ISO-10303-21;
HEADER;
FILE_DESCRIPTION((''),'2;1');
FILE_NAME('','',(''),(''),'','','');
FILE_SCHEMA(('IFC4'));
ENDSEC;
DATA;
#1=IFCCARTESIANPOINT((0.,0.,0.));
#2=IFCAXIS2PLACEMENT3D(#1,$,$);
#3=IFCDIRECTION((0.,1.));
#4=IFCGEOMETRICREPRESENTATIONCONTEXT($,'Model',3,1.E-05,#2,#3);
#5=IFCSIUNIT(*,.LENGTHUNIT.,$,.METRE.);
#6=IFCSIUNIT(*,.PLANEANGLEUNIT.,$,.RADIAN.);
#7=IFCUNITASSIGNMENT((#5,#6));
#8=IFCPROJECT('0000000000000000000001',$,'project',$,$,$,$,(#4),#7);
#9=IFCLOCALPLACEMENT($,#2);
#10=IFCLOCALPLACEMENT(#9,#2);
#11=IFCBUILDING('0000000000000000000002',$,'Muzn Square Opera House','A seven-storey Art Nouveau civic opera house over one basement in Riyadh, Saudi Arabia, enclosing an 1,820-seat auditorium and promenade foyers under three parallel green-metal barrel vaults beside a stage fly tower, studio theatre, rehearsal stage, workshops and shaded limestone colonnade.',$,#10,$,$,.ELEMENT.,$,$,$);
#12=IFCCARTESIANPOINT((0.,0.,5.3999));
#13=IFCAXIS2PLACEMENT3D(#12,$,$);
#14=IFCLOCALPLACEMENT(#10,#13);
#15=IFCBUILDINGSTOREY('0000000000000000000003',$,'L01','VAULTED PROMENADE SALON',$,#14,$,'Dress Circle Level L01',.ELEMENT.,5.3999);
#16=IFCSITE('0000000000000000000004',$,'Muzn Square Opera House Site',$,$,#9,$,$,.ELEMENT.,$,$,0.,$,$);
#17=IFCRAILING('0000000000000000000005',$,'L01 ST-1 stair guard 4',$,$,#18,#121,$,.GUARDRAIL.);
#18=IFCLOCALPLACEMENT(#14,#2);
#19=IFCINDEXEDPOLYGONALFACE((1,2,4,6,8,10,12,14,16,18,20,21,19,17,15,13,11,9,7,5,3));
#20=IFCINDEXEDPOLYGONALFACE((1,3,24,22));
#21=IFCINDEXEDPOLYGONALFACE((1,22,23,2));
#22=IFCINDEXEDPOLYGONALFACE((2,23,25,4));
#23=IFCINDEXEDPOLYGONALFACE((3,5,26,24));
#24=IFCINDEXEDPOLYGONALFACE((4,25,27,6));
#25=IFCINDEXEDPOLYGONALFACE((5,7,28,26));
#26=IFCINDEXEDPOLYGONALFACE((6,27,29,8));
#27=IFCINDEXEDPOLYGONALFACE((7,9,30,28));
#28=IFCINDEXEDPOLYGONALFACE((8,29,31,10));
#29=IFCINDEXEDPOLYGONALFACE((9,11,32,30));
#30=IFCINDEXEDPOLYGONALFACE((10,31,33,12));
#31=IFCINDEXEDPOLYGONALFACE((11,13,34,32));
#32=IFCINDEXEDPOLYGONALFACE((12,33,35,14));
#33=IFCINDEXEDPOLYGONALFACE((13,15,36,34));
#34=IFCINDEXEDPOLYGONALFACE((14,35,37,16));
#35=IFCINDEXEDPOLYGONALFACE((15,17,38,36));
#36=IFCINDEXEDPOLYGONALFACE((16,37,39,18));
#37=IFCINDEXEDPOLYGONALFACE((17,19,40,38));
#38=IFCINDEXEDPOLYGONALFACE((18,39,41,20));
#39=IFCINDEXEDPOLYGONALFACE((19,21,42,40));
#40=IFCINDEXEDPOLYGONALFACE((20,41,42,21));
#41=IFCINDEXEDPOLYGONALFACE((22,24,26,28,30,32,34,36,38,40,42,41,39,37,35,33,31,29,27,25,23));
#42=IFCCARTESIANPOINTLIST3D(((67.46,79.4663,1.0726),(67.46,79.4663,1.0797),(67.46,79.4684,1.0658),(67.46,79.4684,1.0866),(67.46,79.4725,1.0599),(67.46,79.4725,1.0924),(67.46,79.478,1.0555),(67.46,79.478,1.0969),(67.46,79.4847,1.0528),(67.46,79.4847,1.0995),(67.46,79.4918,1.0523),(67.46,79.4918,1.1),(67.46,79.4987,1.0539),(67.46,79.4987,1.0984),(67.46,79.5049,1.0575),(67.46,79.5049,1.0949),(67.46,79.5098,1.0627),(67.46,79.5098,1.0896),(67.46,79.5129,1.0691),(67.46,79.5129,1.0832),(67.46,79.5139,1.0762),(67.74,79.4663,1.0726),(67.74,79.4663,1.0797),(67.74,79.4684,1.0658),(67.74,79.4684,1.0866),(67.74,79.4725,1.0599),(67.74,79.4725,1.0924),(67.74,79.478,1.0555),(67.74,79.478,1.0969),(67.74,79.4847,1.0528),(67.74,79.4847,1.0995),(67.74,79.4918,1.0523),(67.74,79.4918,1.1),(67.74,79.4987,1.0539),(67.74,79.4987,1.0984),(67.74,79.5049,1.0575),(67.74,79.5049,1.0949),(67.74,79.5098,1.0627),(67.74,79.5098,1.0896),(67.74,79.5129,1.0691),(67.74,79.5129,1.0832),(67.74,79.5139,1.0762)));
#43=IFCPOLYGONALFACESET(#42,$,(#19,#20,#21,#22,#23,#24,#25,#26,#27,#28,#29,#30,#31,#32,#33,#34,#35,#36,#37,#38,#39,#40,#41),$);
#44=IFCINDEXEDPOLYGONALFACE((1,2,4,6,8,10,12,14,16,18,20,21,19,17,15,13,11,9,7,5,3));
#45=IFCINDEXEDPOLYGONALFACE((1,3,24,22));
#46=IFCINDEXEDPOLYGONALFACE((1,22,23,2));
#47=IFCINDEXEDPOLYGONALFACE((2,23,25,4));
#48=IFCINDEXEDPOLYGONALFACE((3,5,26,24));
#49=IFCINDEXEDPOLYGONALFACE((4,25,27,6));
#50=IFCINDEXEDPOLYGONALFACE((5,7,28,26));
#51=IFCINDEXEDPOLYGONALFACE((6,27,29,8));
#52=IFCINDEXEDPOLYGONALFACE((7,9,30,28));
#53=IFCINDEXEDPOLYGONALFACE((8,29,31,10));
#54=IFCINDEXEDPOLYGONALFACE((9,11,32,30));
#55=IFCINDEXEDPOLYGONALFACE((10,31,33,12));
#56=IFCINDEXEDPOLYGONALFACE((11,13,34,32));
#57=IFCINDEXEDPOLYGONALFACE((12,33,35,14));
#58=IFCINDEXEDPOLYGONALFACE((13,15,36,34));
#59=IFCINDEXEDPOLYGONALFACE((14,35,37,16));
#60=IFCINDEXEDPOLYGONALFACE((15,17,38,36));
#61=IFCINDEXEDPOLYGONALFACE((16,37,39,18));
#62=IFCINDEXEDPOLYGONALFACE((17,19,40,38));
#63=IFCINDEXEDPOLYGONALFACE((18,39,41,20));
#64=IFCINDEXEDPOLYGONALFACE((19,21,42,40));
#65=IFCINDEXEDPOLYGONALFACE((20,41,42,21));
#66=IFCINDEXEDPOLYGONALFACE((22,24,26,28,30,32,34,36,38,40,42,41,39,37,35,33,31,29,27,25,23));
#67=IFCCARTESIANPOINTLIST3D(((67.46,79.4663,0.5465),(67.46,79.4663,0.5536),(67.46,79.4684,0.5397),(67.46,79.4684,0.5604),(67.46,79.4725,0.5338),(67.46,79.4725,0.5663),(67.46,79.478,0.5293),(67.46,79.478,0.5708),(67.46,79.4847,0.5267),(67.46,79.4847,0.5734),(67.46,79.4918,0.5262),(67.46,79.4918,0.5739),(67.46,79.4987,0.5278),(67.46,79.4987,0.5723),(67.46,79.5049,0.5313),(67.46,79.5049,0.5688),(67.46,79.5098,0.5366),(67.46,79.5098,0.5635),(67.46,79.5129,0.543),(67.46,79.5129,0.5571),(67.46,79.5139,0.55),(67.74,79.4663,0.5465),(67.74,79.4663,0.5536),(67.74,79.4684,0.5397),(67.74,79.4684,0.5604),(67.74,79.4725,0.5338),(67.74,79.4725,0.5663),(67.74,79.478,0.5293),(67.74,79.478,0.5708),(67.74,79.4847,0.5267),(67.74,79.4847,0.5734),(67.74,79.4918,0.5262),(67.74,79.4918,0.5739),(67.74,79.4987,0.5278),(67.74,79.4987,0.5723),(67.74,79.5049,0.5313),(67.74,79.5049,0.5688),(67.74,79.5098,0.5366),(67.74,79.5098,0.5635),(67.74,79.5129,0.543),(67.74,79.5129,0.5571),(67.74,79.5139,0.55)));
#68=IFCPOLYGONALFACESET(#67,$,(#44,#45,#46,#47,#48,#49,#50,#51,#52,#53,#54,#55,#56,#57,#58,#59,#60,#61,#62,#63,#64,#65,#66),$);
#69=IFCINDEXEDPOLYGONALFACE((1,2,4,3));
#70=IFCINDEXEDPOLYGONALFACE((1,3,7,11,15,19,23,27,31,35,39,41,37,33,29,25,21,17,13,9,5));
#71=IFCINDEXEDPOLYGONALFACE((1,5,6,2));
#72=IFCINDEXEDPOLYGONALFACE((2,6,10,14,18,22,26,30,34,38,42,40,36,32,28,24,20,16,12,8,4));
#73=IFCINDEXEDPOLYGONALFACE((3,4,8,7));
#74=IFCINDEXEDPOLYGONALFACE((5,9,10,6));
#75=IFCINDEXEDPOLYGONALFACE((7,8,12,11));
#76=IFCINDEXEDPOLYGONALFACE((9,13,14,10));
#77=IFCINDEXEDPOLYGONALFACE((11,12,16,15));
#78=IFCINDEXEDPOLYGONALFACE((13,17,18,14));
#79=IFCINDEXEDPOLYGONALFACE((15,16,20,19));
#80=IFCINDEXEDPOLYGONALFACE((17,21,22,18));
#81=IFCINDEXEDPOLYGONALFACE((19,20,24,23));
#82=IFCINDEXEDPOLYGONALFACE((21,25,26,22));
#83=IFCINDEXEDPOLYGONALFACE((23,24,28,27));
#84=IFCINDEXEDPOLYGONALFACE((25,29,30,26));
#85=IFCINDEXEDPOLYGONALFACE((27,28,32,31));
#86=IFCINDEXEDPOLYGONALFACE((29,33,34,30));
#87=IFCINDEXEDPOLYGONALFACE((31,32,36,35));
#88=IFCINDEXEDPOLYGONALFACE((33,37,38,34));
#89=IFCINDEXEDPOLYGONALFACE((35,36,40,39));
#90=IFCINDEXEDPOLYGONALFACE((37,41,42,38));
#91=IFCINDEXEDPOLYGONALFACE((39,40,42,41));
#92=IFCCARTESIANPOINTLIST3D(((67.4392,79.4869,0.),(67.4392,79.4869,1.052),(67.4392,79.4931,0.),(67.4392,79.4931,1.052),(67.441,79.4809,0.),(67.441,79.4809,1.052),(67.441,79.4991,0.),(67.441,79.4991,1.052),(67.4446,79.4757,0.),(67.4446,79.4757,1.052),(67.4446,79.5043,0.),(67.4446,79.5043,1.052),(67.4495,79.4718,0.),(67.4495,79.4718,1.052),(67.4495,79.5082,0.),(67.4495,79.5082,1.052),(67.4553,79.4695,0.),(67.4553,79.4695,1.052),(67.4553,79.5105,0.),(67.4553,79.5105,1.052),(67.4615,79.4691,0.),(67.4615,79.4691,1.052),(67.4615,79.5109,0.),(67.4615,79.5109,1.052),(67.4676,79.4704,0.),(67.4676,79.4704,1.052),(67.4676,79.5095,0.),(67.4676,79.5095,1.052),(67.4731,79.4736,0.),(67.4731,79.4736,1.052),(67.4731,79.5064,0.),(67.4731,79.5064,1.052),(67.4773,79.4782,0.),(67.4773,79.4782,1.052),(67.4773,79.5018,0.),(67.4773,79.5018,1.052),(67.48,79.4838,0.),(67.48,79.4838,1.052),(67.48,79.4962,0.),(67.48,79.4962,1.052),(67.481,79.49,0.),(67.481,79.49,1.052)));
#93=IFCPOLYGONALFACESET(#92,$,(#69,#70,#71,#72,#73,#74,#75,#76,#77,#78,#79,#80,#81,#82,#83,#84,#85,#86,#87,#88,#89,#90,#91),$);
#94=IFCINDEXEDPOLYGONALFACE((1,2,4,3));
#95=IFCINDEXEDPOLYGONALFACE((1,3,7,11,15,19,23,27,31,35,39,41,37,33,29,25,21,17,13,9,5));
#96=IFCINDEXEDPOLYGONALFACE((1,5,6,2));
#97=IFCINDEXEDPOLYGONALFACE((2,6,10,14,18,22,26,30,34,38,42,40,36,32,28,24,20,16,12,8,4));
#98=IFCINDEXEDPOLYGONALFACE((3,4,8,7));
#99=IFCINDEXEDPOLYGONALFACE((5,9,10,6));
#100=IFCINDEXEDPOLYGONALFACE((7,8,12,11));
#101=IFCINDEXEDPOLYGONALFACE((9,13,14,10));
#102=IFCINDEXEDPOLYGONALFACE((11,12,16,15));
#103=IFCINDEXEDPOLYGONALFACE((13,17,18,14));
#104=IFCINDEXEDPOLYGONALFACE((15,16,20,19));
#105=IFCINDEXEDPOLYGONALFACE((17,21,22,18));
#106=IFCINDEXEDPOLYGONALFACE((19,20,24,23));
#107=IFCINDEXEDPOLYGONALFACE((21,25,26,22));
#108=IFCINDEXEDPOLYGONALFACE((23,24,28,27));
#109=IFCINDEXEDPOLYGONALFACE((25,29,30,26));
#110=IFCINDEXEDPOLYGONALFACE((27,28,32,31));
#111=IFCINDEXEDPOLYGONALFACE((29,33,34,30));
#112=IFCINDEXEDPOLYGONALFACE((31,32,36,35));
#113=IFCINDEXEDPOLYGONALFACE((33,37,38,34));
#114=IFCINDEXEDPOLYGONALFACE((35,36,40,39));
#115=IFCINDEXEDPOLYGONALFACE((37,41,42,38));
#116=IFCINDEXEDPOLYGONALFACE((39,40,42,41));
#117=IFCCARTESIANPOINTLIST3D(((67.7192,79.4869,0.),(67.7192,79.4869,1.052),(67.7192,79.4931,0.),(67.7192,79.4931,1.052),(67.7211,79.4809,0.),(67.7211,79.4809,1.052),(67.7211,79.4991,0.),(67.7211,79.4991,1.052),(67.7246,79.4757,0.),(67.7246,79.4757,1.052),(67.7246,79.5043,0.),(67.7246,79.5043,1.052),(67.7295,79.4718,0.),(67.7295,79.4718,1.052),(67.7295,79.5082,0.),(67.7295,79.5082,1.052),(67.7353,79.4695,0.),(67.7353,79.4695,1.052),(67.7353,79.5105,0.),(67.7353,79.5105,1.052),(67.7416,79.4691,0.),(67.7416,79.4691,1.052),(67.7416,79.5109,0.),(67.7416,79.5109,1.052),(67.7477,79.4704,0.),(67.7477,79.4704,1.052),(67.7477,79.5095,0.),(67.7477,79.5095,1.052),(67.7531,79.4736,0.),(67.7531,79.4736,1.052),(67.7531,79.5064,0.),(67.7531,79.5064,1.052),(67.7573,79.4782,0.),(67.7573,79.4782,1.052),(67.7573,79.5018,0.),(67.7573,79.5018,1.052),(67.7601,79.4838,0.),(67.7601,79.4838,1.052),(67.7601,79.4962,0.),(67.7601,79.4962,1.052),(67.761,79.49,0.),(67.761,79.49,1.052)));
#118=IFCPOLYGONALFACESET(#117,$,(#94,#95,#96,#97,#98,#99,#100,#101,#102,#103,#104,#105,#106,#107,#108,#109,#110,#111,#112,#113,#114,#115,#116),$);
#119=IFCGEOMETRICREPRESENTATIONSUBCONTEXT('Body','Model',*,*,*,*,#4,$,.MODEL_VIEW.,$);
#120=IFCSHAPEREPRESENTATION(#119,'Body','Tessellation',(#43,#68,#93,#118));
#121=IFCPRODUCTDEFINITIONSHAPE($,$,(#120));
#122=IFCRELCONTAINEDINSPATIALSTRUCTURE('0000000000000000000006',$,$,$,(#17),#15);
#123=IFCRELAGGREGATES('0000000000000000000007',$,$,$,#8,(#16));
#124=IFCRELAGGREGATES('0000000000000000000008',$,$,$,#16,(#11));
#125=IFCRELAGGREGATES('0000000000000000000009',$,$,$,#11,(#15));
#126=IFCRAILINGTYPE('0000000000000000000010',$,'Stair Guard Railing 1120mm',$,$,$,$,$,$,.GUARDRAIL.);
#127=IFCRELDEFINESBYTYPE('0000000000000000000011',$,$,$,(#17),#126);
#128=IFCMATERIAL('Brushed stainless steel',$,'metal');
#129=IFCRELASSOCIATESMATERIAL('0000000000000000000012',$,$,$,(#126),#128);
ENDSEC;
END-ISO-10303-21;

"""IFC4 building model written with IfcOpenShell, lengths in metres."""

from ifc_helpers import new_model, si_unit, direction, frame, origin, origin_2d, place, context, subcontext, project, spatial, circle, extrude, material, type_object, element, save


model = new_model("IFC4")

# Units and contexts
model_context = context("Model", 3, precision=1e-05, world=origin(), true_north=direction((0.0, 1.0)))
body_context = subcontext(model_context, "Body", "Model", "MODEL_VIEW")
ifc_project = project(units=[si_unit("LENGTHUNIT", "METRE"), si_unit("PLANEANGLEUNIT", "RADIAN")], contexts=[model_context])

# Site, building, storey
site_placement = place(None, origin())
site = spatial("IfcSite", under=ifc_project, at=site_placement, Name="Muzn Square Opera House Site", CompositionType="ELEMENT", RefElevation=0.0)
building_placement = place(site_placement, origin())
building = spatial("IfcBuilding", under=site, at=building_placement, Name="Muzn Square Opera House", Description="A seven-storey Art Nouveau civic opera house over one basement in Riyadh, Saudi Arabia, enclosing an 1,820-seat auditorium and promenade foyers under three parallel green-metal barrel vaults beside a stage fly tower, studio theatre, rehearsal stage, workshops and shaded limestone colonnade.", CompositionType="ELEMENT")
storey_placement = place(building_placement, frame((0.0, 0.0, 5.3999)))
storey = spatial("IfcBuildingStorey", under=building, at=storey_placement, Name="L01", Description="VAULTED PROMENADE SALON", LongName="Dress Circle Level L01", CompositionType="ELEMENT", Elevation=5.3999)

# Shared definitions
ifc_material_1 = material(Name="Brushed stainless steel", Category="metal")

# Railing
railing_type_1 = type_object("IfcRailingType", Name="Stair Guard Railing 1120mm", PredefinedType="GUARDRAIL", material=ifc_material_1)
railing_1_placement = place(storey_placement, frame((67.46, 79.49, 0.0)))
element("IfcRailing", 1, at=railing_1_placement, inside=storey, type_object=railing_type_1, Name="L01 ST-1 stair guard 4", PredefinedType="GUARDRAIL", context=body_context, shape_type="SweptSolid", body=[
    extrude(circle(Radius=0.0239, at=origin_2d()), frame((0.0, 0.0, 1.0762), z_axis=(1.0, 0.0, 0.0), x_axis=(0.0, 1.0, 0.0)), (0.0, 0.0, 1.0), 0.28),
    extrude(circle(Radius=0.0239, at=origin_2d()), frame((0.0, 0.0, 0.55), z_axis=(1.0, 0.0, 0.0), x_axis=(0.0, 1.0, 0.0)), (0.0, 0.0, 1.0), 0.28),
    extrude(circle(Radius=0.021, at=origin_2d()), origin(), (0.0, 0.0, 1.0), 1.052),
    extrude(circle(Radius=0.021, at=origin_2d()), frame((0.28, 0.0, 0.0)), (0.0, 0.0, 1.0), 1.052),
])

save(model, "model.ifc")
